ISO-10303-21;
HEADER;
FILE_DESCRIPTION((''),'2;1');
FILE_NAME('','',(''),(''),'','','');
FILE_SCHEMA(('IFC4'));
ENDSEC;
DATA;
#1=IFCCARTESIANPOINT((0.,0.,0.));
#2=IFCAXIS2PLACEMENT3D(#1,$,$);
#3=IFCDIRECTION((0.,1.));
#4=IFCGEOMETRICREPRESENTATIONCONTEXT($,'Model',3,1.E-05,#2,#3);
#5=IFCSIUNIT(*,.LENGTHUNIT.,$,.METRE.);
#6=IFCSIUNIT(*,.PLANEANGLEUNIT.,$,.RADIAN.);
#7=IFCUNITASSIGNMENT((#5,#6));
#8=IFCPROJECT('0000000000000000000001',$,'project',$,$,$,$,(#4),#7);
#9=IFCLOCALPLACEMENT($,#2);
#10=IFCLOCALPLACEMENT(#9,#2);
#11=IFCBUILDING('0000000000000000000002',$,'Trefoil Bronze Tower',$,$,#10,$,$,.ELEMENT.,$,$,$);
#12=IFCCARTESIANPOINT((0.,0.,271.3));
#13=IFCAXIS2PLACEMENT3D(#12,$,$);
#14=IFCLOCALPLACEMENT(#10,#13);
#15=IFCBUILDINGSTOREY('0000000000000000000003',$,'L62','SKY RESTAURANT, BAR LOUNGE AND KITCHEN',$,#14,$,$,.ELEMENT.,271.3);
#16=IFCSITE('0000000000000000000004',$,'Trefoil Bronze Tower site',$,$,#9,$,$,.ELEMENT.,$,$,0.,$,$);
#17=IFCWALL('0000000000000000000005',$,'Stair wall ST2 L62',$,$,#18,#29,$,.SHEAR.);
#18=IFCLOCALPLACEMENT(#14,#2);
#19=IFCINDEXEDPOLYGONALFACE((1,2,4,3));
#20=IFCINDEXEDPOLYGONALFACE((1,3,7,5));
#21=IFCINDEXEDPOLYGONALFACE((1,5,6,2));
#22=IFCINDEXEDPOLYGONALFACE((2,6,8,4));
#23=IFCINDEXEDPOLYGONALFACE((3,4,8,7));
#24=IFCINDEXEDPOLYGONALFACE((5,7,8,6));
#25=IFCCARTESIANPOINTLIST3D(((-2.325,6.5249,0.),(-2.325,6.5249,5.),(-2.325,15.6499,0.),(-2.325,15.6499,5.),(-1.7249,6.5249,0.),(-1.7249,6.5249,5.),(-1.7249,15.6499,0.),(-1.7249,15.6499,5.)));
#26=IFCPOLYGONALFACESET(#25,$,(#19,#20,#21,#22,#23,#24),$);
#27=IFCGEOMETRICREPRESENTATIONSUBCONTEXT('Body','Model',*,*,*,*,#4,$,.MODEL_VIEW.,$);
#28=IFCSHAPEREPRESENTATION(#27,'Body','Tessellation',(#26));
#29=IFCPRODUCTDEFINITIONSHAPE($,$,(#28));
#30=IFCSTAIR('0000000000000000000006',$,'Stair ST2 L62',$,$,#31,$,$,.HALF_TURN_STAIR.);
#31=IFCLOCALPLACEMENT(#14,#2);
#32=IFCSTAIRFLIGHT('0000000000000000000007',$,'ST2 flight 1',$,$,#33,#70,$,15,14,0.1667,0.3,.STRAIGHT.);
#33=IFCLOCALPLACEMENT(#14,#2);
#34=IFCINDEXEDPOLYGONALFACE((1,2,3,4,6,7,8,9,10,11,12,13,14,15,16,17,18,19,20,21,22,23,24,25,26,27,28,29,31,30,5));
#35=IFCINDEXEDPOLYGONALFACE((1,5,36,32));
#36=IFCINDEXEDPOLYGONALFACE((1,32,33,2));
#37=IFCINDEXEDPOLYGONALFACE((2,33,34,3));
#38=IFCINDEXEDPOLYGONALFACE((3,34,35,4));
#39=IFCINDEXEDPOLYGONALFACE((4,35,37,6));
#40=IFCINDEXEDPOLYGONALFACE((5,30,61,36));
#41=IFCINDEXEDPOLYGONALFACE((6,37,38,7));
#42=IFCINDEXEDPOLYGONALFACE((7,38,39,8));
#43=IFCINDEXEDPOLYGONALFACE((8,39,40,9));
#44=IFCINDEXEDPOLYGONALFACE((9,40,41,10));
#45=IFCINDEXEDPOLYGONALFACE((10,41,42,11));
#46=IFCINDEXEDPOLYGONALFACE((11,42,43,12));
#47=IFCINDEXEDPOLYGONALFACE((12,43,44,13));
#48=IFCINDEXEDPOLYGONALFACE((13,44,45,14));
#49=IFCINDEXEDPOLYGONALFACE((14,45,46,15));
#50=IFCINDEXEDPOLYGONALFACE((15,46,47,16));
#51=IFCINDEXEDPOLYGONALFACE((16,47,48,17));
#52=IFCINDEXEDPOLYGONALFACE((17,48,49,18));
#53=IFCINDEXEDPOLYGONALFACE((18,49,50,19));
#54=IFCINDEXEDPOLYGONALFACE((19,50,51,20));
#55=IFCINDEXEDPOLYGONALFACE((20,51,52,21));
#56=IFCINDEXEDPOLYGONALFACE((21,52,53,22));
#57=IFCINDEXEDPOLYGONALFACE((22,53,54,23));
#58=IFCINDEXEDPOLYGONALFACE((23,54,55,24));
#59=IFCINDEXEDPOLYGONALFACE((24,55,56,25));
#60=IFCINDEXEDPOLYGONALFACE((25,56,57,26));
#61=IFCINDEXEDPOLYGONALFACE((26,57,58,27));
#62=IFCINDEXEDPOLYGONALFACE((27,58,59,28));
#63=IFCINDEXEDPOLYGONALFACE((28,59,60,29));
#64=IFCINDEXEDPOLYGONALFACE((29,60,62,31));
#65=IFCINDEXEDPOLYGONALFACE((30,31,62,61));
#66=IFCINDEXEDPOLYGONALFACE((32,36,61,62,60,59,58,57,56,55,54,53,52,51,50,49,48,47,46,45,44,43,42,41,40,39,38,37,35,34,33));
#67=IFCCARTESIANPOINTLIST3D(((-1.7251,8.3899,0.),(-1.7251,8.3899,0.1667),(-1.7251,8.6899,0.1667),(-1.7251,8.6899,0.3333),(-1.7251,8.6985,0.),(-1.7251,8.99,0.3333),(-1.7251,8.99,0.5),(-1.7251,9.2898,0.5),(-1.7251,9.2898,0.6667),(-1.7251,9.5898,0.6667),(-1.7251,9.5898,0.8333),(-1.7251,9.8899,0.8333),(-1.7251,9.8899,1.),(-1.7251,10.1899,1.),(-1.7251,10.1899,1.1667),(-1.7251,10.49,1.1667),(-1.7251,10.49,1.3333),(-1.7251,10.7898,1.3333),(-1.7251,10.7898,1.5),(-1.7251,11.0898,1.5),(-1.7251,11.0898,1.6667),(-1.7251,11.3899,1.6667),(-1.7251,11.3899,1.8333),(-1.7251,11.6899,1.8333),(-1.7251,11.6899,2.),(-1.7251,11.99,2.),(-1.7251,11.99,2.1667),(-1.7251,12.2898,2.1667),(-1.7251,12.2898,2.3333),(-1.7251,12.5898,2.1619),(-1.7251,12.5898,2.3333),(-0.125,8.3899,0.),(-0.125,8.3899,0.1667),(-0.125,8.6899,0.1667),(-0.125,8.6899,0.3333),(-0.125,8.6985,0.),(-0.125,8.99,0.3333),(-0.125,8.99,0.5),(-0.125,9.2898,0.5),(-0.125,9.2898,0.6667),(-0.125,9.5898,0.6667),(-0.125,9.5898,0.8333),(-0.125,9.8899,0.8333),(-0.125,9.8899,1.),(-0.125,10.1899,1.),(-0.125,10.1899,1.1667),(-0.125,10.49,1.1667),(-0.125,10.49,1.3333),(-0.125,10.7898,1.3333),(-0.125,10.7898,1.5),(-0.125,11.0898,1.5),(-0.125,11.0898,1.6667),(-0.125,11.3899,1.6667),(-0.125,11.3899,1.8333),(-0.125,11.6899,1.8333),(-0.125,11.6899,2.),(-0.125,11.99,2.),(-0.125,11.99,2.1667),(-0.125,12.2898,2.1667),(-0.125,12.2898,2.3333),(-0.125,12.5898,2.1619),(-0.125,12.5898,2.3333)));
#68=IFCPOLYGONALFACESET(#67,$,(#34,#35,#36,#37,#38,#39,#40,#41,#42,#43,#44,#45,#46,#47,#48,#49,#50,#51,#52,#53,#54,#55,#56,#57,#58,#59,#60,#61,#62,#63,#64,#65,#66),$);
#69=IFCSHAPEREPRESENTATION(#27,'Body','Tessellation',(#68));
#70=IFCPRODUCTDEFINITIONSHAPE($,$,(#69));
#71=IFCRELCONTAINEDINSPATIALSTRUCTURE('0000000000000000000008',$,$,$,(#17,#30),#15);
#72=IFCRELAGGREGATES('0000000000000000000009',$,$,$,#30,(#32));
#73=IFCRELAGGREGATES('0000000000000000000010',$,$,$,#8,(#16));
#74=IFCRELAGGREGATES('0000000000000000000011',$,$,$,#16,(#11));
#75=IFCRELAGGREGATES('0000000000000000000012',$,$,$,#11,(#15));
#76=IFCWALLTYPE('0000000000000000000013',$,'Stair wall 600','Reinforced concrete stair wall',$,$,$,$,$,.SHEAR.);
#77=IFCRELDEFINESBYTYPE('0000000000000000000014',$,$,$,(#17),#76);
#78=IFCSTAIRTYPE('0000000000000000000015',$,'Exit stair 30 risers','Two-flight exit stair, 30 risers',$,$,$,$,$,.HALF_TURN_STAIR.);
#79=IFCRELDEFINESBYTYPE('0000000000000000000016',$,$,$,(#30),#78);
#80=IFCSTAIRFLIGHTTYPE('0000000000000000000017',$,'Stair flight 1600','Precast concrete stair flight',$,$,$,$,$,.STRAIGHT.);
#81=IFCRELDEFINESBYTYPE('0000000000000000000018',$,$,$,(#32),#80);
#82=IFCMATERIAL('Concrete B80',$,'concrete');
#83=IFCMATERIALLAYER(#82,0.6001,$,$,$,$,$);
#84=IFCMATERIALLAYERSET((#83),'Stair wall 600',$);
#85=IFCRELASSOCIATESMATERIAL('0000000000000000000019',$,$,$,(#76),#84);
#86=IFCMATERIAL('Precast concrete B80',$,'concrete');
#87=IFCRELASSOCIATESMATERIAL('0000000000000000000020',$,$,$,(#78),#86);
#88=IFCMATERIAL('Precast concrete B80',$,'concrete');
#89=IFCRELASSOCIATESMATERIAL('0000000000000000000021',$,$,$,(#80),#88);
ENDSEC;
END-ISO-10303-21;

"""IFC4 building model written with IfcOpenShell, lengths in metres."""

from ifc_helpers import new_model, si_unit, direction, frame, frame_2d, origin, place, context, subcontext, project, spatial, polyline, rectangle, outline, extrude, material, layer, layer_set, type_object, element, aggregate, save


model = new_model("IFC4")

# Units and contexts
model_context = context("Model", 3, precision=1e-05, world=origin(), true_north=direction((0.0, 1.0)))
body_context = subcontext(model_context, "Body", "Model", "MODEL_VIEW")
ifc_project = project(units=[si_unit("LENGTHUNIT", "METRE"), si_unit("PLANEANGLEUNIT", "RADIAN")], contexts=[model_context])

# Site, building, storey
site_placement = place(None, origin())
site = spatial("IfcSite", under=ifc_project, at=site_placement, Name="Trefoil Bronze Tower site", CompositionType="ELEMENT", RefElevation=0.0)
building_placement = place(site_placement, origin())
building = spatial("IfcBuilding", under=site, at=building_placement, Name="Trefoil Bronze Tower", CompositionType="ELEMENT")
storey_placement = place(building_placement, frame((0.0, 0.0, 271.3)))
storey = spatial("IfcBuildingStorey", under=building, at=storey_placement, Name="L62", Description="SKY RESTAURANT, BAR LOUNGE AND KITCHEN", CompositionType="ELEMENT", Elevation=271.3)

# Wall
ifc_material_1 = material(Name="Concrete B80", Category="concrete")
ifc_layer_1 = layer(ifc_material_1, 0.6001)
ifc_layer_set_1 = layer_set([ifc_layer_1], Name="Stair wall 600")
wall_type_1 = type_object("IfcWallType", Name="Stair wall 600", Description="Reinforced concrete stair wall", PredefinedType="SHEAR", material=ifc_layer_set_1)
wall_1_placement = place(storey_placement, frame((-2.0249, 6.5249, 0.0), z_axis=(0.0, 0.0, 1.0), x_axis=(0.0, 1.0, 0.0)))
element("IfcWall", 1, at=wall_1_placement, inside=storey, type_object=wall_type_1, Name="Stair wall ST2 L62", PredefinedType="SHEAR", context=body_context, shape_type="SweptSolid", body=[
    extrude(rectangle(XDim=9.125, YDim=0.6001, at=frame_2d((4.5625, 0.0))), origin(), (0.0, 0.0, 1.0), 5.0),
])

# Stair, stair flight
ifc_material_2 = material(Name="Precast concrete B80", Category="concrete")
stair_type = type_object("IfcStairType", Name="Exit stair 30 risers", Description="Two-flight exit stair, 30 risers", PredefinedType="HALF_TURN_STAIR", material=ifc_material_2)
stair_placement = place(storey_placement, origin())
stair = element("IfcStair", 2, at=stair_placement, inside=storey, type_object=stair_type, Name="Stair ST2 L62", PredefinedType="HALF_TURN_STAIR")
ifc_material_3 = material(Name="Precast concrete B80", Category="concrete")
stair_flight_type = type_object("IfcStairFlightType", Name="Stair flight 1600", Description="Precast concrete stair flight", PredefinedType="STRAIGHT", material=ifc_material_3)
stair_flight_placement = place(storey_placement, frame((-0.925, 8.3899, 0.0), z_axis=(0.0, 0.0, 1.0), x_axis=(0.0, 1.0, 0.0)))
stair_flight = element("IfcStairFlight", 3, at=stair_flight_placement, type_object=stair_flight_type, Name="ST2 flight 1", NumberOfRisers=15, NumberOfTreads=14, PredefinedType="STRAIGHT", RiserHeight=0.1667, TreadLength=0.3, context=body_context, shape_type="SweptSolid", body=[
    extrude(outline(polyline([(0.0, 0.0), (0.0, 0.1667), (0.3, 0.1667), (0.3, 0.3333), (0.6001, 0.3333), (0.6001, 0.5), (0.8999, 0.5), (0.8999, 0.6667), (1.2, 0.6667), (1.2, 0.8333), (1.5, 0.8333), (1.5, 1.0), (1.8, 1.0), (1.8, 1.1667), (2.1001, 1.1667), (2.1001, 1.3333), (2.3999, 1.3333), (2.3999, 1.5), (2.7, 1.5), (2.7, 1.6667), (3.0, 1.6667), (3.0, 1.8333), (3.3, 1.8333), (3.3, 2.0), (3.6001, 2.0), (3.6001, 2.1667), (3.8999, 2.1667), (3.8999, 2.3333), (4.2, 2.3333), (4.2, 2.5), (4.2, 2.1619), (0.3086, 0.0), (0.0, 0.0)])), frame((0.0, 0.8, 0.0), z_axis=(0.0, -1.0, 0.0), x_axis=(1.0, 0.0, 0.0)), (0.0, 0.0, 1.0), 1.6001),
])
aggregate(stair, [stair_flight])

save(model, "model.ifc")
